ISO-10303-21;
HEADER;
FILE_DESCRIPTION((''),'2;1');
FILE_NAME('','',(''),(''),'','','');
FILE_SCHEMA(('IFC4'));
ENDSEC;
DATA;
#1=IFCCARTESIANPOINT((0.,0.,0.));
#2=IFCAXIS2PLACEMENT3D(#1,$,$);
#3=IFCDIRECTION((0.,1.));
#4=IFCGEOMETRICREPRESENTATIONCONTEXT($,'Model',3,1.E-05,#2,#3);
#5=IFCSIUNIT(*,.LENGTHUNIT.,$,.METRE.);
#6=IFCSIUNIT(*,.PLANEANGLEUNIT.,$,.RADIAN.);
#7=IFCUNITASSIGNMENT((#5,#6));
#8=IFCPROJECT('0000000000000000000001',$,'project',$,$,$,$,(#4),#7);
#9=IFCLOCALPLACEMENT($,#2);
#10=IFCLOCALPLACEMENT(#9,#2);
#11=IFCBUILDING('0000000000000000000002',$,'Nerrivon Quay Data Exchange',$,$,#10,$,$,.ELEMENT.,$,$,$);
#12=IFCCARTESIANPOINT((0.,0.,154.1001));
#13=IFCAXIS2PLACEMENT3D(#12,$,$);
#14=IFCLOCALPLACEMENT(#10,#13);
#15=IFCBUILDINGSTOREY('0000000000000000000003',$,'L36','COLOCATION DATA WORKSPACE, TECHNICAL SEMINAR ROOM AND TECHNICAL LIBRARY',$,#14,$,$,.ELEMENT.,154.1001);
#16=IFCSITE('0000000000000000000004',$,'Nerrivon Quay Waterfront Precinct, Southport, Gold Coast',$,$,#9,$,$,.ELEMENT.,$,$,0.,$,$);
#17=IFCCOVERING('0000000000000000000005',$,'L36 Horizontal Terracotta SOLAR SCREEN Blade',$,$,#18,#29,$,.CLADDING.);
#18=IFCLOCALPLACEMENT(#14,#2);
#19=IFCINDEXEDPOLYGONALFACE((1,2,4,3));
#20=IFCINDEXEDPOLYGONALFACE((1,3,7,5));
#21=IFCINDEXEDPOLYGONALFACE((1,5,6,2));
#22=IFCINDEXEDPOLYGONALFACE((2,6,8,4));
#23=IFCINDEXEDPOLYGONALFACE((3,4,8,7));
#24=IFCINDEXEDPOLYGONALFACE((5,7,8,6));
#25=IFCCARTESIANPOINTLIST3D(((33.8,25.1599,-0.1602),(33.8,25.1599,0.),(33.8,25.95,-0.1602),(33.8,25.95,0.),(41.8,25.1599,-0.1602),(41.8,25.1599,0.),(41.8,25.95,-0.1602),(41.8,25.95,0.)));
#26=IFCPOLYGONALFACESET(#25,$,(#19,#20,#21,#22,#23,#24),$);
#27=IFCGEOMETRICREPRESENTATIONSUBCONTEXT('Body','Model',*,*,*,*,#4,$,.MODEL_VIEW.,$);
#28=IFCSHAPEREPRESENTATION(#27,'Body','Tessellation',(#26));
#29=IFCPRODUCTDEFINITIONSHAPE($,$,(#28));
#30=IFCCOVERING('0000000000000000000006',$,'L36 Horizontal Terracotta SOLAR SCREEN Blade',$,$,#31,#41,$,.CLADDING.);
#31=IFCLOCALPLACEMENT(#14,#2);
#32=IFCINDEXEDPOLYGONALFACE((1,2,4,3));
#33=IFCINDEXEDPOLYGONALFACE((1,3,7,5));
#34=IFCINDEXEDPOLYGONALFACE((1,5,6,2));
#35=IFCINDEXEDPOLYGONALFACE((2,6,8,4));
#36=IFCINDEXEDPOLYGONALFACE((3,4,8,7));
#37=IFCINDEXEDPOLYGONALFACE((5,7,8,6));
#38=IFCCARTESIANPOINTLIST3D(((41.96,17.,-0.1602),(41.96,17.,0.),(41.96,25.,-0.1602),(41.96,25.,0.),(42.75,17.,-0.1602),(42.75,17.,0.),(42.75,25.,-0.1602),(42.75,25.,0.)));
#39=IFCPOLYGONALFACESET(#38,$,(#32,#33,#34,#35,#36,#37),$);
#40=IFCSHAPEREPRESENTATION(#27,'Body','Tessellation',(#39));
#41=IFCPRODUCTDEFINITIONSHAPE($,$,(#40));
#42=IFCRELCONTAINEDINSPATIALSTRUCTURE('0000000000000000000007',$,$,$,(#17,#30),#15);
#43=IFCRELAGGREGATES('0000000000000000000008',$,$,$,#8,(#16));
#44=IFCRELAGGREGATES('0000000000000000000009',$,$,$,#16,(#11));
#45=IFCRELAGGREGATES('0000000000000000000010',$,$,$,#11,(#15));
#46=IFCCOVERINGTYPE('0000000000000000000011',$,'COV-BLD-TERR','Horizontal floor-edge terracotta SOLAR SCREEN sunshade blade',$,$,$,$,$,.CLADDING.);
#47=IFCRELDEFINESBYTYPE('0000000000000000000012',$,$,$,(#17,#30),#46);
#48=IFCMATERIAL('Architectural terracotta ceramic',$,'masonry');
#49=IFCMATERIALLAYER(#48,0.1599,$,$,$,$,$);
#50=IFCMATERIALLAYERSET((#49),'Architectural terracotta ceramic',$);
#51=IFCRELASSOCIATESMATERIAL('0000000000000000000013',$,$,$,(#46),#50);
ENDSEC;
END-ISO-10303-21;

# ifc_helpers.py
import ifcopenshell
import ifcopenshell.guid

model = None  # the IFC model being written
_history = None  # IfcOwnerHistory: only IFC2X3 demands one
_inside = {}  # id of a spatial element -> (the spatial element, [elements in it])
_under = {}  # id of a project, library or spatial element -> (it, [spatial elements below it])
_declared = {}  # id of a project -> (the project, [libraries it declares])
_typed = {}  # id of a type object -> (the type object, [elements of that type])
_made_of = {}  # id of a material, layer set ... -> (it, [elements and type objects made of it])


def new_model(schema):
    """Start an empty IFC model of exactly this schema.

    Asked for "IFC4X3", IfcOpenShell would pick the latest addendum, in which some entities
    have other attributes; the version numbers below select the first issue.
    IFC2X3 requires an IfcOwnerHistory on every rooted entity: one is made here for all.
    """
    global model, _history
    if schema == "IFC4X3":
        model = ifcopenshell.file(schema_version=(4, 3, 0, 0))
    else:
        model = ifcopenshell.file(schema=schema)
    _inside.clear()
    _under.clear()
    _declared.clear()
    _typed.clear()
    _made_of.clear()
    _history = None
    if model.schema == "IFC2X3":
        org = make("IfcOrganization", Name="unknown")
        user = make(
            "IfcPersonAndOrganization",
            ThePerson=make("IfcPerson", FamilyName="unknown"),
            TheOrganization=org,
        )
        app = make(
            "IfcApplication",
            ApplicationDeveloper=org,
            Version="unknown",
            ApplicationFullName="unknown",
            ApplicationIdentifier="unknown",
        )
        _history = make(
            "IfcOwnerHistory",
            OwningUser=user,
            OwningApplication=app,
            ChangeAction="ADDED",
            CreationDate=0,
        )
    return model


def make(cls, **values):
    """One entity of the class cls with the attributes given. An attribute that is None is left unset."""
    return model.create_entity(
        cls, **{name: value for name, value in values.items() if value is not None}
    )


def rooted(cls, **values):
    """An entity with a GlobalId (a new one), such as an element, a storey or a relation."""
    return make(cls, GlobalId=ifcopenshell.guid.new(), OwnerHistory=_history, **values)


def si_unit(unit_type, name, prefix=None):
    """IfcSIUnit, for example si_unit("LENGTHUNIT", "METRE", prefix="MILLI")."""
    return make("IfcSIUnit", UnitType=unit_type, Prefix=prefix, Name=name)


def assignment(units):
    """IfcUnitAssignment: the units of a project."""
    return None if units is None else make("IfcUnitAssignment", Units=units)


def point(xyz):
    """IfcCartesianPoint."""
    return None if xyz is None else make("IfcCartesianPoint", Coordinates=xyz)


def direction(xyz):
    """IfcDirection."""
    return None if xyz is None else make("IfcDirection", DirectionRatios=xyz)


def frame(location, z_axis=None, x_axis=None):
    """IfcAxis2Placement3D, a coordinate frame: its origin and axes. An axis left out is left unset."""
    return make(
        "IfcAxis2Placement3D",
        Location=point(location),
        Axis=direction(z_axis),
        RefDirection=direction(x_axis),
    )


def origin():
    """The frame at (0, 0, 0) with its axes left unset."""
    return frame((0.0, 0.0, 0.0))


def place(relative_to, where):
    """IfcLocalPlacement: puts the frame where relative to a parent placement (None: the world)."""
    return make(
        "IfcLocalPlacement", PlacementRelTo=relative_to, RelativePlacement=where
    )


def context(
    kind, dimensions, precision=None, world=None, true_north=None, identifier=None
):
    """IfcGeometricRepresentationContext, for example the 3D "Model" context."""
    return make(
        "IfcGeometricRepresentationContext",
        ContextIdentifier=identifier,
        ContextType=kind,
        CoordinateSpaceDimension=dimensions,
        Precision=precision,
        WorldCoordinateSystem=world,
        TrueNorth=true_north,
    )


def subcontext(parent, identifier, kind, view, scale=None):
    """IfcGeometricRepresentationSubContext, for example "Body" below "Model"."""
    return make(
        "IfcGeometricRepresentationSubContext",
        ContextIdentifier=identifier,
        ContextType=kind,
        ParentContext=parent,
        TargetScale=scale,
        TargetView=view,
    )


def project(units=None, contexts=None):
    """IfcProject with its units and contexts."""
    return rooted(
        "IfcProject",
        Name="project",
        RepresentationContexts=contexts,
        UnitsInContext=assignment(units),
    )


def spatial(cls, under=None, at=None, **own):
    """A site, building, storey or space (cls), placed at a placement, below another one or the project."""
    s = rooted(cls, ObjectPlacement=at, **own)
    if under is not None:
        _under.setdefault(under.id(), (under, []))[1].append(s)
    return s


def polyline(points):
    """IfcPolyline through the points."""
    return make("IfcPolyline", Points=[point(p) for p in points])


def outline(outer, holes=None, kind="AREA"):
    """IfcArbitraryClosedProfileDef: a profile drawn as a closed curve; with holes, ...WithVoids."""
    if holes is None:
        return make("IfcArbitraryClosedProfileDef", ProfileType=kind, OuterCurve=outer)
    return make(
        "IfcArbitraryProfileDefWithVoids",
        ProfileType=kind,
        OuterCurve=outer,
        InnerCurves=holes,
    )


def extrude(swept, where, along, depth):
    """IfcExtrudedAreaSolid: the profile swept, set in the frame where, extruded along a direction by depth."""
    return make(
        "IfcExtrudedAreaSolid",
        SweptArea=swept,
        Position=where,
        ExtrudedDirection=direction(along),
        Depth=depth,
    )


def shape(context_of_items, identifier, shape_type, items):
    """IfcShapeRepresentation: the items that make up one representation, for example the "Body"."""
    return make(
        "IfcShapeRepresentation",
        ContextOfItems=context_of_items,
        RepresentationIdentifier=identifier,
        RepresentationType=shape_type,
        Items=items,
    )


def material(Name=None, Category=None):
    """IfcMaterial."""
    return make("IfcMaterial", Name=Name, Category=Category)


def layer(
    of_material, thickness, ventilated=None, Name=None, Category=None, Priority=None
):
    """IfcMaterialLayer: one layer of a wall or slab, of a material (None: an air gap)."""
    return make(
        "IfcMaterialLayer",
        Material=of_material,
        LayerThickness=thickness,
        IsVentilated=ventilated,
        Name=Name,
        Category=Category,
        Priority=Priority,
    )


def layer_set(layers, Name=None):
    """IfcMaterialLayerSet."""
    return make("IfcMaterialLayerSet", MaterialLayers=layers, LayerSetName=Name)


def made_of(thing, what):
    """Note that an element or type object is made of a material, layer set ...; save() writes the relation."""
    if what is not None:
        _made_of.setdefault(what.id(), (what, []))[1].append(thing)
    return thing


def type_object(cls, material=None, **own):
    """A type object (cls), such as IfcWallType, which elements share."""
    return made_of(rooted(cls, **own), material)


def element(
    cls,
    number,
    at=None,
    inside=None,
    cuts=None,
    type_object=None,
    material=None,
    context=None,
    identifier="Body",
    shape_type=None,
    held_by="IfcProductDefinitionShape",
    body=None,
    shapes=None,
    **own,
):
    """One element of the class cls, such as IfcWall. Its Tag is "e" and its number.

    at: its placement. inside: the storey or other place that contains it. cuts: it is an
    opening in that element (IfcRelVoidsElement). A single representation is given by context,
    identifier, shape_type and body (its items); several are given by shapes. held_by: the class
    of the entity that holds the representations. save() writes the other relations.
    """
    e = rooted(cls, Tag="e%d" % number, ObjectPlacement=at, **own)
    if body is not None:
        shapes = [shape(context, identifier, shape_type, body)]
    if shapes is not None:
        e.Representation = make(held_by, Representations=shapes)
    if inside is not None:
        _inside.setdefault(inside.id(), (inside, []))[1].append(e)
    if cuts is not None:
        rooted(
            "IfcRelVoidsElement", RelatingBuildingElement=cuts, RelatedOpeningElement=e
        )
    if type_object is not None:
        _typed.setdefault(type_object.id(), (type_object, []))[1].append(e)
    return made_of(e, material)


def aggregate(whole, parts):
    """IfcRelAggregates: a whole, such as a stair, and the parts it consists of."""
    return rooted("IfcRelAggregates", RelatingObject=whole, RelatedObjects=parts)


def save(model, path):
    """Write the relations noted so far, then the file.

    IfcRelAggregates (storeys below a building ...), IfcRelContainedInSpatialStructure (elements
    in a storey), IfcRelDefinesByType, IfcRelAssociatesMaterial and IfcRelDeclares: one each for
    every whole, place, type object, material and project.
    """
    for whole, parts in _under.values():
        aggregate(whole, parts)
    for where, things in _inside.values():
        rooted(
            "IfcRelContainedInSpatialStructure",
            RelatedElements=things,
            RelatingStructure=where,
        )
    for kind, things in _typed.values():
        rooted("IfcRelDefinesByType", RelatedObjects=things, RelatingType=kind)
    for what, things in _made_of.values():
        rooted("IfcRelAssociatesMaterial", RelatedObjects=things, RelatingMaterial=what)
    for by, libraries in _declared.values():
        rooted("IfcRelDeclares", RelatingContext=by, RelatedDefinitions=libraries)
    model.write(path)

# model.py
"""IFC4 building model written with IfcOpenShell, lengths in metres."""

from ifc_helpers import new_model, si_unit, direction, frame, origin, place, context, subcontext, project, spatial, polyline, outline, extrude, material, layer, layer_set, type_object, element, save


model = new_model("IFC4")

# Units and contexts
model_context = context("Model", 3, precision=1e-05, world=origin(), true_north=direction((0.0, 1.0)))
body_context = subcontext(model_context, "Body", "Model", "MODEL_VIEW")
ifc_project = project(units=[si_unit("LENGTHUNIT", "METRE"), si_unit("PLANEANGLEUNIT", "RADIAN")], contexts=[model_context])

# Site, building, storey
site_placement = place(None, origin())
site = spatial("IfcSite", under=ifc_project, at=site_placement, Name="Nerrivon Quay Waterfront Precinct, Southport, Gold Coast", CompositionType="ELEMENT", RefElevation=0.0)
building_placement = place(site_placement, origin())
building = spatial("IfcBuilding", under=site, at=building_placement, Name="Nerrivon Quay Data Exchange", CompositionType="ELEMENT")
storey_placement = place(building_placement, frame((0.0, 0.0, 154.1001)))
storey = spatial("IfcBuildingStorey", under=building, at=storey_placement, Name="L36", Description="COLOCATION DATA WORKSPACE, TECHNICAL SEMINAR ROOM AND TECHNICAL LIBRARY", CompositionType="ELEMENT", Elevation=154.1001)

# Coverings
ifc_material_1 = material(Name="Architectural terracotta ceramic", Category="masonry")
ifc_layer_1 = layer(ifc_material_1, 0.1599)
ifc_layer_set_1 = layer_set([ifc_layer_1], Name="Architectural terracotta ceramic")
covering_type = type_object("IfcCoveringType", Name="COV-BLD-TERR", Description="Horizontal floor-edge terracotta SOLAR SCREEN sunshade blade", PredefinedType="CLADDING", material=ifc_layer_set_1)
covering_1_placement = place(storey_placement, frame((0.0, 0.0, -0.1602)))
element("IfcCovering", 1, at=covering_1_placement, inside=storey, type_object=covering_type, Name="L36 Horizontal Terracotta SOLAR SCREEN Blade", PredefinedType="CLADDING", context=body_context, shape_type="SweptSolid", body=[
    extrude(outline(polyline([(33.8, 25.1599), (41.8, 25.1599), (41.8, 25.95), (33.8, 25.95), (33.8, 25.1599)])), origin(), (0.0, 0.0, 1.0), 0.1602),
])
covering_2_placement = place(storey_placement, frame((0.0, 0.0, -0.1602)))
element("IfcCovering", 2, at=covering_2_placement, inside=storey, type_object=covering_type, Name="L36 Horizontal Terracotta SOLAR SCREEN Blade", PredefinedType="CLADDING", context=body_context, shape_type="SweptSolid", body=[
    extrude(outline(polyline([(41.96, 25.0), (41.96, 17.0), (42.75, 17.0), (42.75, 25.0), (41.96, 25.0)])), origin(), (0.0, 0.0, 1.0), 0.1602),
])

save(model, "model.ifc")
